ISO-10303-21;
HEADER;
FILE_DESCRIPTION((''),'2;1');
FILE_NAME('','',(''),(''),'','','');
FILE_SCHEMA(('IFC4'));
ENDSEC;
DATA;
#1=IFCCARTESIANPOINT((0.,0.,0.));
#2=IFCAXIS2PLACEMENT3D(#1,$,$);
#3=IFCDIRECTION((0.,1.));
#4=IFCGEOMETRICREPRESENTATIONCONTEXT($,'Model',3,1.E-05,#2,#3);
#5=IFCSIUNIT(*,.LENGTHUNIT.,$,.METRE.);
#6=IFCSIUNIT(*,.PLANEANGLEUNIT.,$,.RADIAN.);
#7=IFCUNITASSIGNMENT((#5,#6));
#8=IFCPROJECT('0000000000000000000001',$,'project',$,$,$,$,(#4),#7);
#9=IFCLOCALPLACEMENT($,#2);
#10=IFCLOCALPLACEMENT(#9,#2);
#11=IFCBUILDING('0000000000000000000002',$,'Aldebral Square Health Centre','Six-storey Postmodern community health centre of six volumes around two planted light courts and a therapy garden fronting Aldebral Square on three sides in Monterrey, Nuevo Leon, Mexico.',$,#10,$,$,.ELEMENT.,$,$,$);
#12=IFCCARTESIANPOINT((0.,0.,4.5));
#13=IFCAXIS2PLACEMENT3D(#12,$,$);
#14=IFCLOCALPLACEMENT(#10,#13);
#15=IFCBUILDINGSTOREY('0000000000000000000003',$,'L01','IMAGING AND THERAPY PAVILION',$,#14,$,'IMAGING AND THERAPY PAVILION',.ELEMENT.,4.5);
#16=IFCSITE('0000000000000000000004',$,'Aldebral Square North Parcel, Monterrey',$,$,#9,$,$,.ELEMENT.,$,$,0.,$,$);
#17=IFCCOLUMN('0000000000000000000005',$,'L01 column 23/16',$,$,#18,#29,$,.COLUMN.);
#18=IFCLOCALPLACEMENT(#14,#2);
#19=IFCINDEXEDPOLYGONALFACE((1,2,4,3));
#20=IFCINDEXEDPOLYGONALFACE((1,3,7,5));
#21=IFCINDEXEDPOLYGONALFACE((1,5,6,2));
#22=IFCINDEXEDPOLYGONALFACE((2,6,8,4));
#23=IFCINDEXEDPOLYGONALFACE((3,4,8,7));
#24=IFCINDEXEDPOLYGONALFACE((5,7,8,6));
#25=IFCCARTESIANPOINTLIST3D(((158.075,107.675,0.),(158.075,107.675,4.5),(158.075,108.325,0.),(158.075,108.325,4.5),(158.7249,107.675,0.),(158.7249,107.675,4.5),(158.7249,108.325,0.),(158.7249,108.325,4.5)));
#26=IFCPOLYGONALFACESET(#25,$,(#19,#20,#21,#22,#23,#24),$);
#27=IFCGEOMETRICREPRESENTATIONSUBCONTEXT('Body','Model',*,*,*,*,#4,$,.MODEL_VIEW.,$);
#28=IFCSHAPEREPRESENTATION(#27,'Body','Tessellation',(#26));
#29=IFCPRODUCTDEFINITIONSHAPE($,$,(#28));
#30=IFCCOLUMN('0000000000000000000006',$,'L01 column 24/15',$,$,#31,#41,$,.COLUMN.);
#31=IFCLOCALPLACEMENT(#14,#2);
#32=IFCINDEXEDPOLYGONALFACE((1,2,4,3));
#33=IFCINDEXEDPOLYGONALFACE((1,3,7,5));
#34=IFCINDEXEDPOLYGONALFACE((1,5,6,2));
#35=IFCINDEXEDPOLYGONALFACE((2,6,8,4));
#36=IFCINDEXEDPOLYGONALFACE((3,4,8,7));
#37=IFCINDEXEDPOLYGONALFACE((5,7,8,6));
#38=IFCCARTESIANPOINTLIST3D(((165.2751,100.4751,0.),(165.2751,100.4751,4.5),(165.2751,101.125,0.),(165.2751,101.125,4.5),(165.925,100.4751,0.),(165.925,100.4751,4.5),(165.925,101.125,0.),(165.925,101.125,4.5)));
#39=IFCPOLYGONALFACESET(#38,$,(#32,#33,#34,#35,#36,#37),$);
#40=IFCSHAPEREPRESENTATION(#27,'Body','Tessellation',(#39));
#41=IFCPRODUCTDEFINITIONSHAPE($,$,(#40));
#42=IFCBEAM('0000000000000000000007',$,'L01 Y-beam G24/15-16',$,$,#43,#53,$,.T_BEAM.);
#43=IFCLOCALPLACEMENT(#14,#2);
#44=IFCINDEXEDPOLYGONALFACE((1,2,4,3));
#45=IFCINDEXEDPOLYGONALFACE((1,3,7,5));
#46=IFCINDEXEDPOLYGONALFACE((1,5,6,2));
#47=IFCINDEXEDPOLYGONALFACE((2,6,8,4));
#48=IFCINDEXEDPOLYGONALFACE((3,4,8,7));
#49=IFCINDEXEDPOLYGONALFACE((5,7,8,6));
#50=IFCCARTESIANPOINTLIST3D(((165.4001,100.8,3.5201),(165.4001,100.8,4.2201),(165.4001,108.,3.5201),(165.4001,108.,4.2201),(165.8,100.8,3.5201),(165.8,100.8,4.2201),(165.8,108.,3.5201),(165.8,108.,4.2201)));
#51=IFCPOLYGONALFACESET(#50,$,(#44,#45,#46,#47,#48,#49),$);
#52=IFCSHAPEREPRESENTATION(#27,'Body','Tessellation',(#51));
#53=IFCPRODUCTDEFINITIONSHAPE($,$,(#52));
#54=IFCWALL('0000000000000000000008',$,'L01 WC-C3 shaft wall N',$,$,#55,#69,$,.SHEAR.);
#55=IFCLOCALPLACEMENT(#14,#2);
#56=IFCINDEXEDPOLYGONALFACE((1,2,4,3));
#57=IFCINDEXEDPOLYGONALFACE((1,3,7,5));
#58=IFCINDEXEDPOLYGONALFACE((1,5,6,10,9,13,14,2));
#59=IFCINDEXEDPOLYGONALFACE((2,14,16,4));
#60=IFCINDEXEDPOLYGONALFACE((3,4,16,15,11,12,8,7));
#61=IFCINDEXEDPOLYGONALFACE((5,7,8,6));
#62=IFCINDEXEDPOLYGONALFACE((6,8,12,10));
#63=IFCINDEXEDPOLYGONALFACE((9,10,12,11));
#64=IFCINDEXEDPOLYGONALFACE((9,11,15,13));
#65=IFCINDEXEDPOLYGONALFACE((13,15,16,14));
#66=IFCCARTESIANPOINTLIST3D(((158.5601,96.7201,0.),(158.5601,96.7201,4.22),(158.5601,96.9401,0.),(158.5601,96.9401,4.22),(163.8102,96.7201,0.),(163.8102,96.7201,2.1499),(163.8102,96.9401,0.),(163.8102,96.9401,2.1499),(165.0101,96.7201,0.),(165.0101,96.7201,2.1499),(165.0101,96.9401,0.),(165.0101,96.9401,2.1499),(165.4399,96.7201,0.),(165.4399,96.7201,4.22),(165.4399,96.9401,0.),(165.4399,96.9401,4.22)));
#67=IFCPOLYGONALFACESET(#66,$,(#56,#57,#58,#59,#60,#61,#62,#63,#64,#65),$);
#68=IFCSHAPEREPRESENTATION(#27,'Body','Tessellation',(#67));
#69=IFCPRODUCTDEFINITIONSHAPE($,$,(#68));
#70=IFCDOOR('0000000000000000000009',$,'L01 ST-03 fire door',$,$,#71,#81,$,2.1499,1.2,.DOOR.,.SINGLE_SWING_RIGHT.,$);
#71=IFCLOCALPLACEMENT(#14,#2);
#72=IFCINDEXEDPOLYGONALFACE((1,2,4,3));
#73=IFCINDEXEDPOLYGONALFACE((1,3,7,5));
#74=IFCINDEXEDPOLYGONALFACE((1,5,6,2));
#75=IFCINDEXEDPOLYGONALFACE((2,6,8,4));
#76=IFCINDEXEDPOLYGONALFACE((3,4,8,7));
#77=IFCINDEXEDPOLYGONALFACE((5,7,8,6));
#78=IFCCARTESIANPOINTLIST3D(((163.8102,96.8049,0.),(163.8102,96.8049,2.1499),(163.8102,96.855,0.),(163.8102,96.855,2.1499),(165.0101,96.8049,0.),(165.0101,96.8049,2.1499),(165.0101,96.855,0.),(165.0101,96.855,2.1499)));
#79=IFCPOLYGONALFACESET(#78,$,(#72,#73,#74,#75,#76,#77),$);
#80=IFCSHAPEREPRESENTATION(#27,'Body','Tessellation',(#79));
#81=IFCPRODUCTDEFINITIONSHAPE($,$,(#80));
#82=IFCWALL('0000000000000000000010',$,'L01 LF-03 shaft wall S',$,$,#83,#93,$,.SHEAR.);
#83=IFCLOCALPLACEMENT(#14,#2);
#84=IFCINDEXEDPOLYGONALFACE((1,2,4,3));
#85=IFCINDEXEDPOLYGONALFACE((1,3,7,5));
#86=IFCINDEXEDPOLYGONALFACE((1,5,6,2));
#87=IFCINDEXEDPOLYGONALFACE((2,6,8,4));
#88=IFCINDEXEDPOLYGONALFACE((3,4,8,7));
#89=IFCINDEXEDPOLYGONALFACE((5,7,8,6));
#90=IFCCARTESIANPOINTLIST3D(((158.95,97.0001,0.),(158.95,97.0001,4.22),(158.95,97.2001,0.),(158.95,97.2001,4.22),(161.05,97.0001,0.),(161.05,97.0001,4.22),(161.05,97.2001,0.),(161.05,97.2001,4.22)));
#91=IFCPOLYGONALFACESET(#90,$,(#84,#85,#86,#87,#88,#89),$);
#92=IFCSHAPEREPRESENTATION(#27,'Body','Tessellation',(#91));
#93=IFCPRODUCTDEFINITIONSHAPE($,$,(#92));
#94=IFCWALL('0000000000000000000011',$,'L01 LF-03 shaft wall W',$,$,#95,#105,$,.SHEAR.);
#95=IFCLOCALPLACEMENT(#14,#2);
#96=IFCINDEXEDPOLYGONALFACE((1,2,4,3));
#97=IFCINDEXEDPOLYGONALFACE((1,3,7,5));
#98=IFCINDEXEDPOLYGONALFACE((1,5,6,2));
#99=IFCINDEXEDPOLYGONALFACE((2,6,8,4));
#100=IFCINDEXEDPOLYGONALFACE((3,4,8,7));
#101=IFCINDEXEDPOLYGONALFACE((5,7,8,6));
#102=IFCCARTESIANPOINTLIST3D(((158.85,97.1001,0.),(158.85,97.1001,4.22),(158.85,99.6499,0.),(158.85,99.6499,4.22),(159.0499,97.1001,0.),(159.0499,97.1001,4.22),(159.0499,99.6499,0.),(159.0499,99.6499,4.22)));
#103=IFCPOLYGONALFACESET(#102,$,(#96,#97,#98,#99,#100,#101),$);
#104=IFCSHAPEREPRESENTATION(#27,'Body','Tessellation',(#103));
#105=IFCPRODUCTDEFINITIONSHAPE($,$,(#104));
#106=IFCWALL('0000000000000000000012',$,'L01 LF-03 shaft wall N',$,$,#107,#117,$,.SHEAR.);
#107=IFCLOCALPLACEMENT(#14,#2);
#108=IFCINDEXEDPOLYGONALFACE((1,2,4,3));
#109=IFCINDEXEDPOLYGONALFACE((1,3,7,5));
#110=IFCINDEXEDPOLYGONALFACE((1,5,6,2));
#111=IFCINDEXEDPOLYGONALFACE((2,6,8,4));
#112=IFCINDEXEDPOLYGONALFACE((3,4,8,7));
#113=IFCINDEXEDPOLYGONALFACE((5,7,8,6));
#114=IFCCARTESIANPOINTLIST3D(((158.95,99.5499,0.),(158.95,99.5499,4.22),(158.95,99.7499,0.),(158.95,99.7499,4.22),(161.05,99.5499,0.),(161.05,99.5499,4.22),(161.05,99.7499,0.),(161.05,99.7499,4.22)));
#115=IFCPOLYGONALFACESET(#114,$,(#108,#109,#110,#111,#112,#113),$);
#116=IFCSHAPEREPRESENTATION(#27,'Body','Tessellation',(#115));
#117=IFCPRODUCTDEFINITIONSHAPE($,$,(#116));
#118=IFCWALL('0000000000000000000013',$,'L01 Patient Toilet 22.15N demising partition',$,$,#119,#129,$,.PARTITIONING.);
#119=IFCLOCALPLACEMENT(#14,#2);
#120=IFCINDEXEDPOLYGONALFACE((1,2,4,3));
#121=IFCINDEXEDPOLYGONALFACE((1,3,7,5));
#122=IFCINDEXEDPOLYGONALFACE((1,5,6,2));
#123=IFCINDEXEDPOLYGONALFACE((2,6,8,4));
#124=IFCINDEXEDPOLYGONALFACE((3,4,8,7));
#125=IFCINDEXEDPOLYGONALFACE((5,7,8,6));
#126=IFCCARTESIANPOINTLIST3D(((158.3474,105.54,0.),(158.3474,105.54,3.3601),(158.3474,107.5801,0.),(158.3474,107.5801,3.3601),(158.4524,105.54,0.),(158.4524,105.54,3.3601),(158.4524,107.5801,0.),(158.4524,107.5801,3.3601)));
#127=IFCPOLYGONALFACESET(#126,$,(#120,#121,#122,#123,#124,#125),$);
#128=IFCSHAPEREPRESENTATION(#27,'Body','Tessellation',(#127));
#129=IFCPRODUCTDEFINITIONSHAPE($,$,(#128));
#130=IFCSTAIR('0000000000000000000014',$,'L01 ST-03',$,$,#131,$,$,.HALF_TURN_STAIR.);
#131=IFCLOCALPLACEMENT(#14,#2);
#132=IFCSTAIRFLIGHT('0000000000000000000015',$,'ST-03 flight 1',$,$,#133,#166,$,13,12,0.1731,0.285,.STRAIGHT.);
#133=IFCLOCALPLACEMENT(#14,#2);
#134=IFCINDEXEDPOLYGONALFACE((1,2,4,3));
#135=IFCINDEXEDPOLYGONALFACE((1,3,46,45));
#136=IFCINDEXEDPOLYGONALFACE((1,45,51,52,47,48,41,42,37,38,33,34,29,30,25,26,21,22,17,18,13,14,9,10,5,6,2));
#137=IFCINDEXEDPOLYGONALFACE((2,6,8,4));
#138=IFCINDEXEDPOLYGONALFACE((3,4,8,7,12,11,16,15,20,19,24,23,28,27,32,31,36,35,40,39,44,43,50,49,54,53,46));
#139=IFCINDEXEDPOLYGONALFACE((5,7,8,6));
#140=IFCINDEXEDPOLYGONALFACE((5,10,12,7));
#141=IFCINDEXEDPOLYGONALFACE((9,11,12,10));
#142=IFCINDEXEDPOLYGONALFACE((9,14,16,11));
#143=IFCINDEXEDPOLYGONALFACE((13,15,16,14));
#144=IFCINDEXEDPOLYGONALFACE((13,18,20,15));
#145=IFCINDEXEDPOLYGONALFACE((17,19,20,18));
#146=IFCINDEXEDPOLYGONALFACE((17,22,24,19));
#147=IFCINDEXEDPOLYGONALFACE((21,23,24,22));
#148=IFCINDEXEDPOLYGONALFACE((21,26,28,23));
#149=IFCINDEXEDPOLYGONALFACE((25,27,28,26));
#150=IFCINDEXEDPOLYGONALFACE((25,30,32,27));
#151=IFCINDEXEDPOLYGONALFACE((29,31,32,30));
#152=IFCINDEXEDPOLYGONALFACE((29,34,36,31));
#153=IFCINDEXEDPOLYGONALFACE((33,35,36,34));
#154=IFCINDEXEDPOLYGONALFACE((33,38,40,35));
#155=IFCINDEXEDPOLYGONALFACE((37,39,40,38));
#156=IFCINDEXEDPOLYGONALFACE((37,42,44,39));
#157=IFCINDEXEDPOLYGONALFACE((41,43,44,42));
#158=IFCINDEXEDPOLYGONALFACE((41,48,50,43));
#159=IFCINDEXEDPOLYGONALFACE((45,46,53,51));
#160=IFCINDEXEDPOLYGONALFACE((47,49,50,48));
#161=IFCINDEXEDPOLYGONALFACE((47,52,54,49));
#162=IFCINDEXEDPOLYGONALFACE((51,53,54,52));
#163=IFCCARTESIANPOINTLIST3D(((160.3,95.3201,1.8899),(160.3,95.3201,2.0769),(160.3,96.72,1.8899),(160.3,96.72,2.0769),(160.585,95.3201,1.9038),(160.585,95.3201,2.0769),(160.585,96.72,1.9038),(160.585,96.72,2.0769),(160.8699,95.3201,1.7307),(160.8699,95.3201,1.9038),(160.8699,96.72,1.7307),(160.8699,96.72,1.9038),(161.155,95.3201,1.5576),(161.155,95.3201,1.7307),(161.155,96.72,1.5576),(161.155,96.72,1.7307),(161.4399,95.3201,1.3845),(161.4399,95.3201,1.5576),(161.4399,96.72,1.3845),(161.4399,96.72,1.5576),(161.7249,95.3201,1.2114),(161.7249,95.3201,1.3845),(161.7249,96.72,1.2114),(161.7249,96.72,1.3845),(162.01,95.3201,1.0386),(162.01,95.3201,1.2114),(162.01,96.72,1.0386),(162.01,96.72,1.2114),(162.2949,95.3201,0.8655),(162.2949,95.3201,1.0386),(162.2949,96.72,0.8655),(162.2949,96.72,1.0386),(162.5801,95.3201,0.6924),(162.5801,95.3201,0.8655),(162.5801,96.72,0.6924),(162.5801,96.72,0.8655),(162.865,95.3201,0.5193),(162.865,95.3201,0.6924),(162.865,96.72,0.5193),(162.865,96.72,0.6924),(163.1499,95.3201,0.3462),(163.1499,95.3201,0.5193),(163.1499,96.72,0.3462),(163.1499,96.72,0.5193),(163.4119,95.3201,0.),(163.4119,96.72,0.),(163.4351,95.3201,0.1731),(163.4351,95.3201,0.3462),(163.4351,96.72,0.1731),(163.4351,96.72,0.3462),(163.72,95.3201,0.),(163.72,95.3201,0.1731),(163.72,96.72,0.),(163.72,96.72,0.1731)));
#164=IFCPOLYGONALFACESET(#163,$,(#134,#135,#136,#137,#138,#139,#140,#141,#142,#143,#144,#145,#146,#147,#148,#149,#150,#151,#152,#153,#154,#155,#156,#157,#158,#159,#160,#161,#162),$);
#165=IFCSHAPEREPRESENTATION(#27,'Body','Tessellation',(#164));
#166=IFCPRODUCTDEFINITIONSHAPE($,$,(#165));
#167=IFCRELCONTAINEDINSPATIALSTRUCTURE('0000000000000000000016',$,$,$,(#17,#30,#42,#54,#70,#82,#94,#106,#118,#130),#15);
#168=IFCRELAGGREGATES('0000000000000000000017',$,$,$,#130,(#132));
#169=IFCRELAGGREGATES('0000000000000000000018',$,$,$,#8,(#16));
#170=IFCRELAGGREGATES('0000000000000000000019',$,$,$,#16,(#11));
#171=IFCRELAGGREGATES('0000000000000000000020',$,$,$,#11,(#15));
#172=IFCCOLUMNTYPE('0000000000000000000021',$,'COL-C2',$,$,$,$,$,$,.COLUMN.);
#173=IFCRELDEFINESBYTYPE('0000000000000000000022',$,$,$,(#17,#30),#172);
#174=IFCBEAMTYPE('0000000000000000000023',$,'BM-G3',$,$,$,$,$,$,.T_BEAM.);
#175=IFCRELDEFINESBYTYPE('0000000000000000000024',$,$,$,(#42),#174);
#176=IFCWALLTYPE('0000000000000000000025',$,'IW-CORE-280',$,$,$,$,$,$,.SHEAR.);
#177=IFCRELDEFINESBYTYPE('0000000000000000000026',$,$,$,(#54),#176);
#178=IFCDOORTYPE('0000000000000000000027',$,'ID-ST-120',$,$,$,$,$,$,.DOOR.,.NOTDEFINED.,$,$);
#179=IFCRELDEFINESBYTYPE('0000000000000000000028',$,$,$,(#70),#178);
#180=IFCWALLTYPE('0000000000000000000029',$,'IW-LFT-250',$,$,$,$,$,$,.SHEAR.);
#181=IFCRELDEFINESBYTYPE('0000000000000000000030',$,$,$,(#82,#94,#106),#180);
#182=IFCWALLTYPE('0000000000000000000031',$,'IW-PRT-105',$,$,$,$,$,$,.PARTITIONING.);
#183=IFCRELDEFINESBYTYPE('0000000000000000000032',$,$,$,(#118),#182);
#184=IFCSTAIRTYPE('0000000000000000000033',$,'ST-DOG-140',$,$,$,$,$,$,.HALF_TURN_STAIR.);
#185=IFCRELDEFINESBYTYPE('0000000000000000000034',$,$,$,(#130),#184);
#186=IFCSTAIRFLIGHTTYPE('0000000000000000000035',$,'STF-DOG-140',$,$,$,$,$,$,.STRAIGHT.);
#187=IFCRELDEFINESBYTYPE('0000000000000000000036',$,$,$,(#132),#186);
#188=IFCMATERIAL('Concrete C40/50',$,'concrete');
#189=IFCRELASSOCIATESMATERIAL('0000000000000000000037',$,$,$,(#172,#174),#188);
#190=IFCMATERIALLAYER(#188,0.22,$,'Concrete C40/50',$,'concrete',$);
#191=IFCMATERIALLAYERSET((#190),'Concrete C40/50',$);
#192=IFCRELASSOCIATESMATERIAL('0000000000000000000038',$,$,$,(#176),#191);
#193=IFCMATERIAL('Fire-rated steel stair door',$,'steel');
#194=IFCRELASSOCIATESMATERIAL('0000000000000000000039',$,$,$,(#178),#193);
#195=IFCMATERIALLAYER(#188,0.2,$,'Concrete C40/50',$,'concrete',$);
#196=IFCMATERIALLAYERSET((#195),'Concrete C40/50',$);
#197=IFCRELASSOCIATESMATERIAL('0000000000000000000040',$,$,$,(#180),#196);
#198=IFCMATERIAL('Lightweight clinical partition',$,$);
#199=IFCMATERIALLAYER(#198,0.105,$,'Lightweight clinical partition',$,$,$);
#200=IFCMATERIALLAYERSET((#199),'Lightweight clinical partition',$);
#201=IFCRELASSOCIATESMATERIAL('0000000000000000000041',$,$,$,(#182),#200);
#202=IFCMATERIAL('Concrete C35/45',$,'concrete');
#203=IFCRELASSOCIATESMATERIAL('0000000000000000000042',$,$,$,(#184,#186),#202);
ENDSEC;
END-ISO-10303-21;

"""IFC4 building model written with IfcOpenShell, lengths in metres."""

from ifc_helpers import new_model, si_unit, direction, frame, frame_2d, origin, origin_2d, place, context, subcontext, project, spatial, polyline, rectangle, outline, extrude, material, layer, layer_set, material_profile, profile_set, type_object, element, fill, aggregate, save


model = new_model("IFC4")

# Units and contexts
model_context = context("Model", 3, precision=1e-05, world=origin(), true_north=direction((0.0, 1.0)))
body_context = subcontext(model_context, "Body", "Model", "MODEL_VIEW")
ifc_project = project(units=[si_unit("LENGTHUNIT", "METRE"), si_unit("PLANEANGLEUNIT", "RADIAN")], contexts=[model_context])

# Site, building, storey
site_placement = place(None, origin())
site = spatial("IfcSite", under=ifc_project, at=site_placement, Name="Aldebral Square North Parcel, Monterrey", CompositionType="ELEMENT", RefElevation=0.0)
building_placement = place(site_placement, origin())
building = spatial("IfcBuilding", under=site, at=building_placement, Name="Aldebral Square Health Centre", Description="Six-storey Postmodern community health centre of six volumes around two planted light courts and a therapy garden fronting Aldebral Square on three sides in Monterrey, Nuevo Leon, Mexico.", CompositionType="ELEMENT")
storey_placement = place(building_placement, frame((0.0, 0.0, 4.5)))
storey = spatial("IfcBuildingStorey", under=building, at=storey_placement, Name="L01", Description="IMAGING AND THERAPY PAVILION", LongName="IMAGING AND THERAPY PAVILION", CompositionType="ELEMENT", Elevation=4.5)

# Columns
ifc_material_1 = material(Name="Concrete C40/50", Category="concrete")
ifc_material_profile_1 = material_profile(ifc_material_1, rectangle(XDim=0.6499, YDim=0.6499, at=origin_2d()), Name="RC 650x650")
ifc_profile_set_1 = profile_set([ifc_material_profile_1], Name="Concrete C40/50")
column_type = type_object("IfcColumnType", Name="COL-C2", PredefinedType="COLUMN", material=ifc_profile_set_1)
for number, where, z_axis, x_axis, name in (
    (1, (158.3999, 108.0, 0.0), (0.0, 0.0, 1.0), (1.0, 0.0, 0.0), "L01 column 23/16"),
    (2, (165.6001, 100.8, 0.0), (0.0, 0.0, 1.0), (1.0, 0.0, 0.0), "L01 column 24/15"),
):
    element("IfcColumn", number, at=place(storey_placement, frame(where, z_axis=z_axis, x_axis=x_axis)), inside=storey, type_object=column_type, Name=name, PredefinedType="COLUMN", context=body_context, shape_type="SweptSolid", body=[
        extrude(rectangle(XDim=0.6499, YDim=0.6499, at=origin_2d()), origin(), (0.0, 0.0, 1.0), 4.5),
    ])

# Beam
ifc_material_profile_2 = material_profile(ifc_material_1, rectangle(XDim=0.3999, YDim=0.7, at=origin_2d()), Name="RC 400x700")
ifc_profile_set_2 = profile_set([ifc_material_profile_2], Name="Concrete C40/50")
beam_type = type_object("IfcBeamType", Name="BM-G3", PredefinedType="T_BEAM", material=ifc_profile_set_2)
beam_placement = place(storey_placement, frame((165.6001, 100.8, 3.8701), z_axis=(0.0, 1.0, 0.0), x_axis=(-1.0, 0.0, 0.0)))
element("IfcBeam", 3, at=beam_placement, inside=storey, type_object=beam_type, Name="L01 Y-beam G24/15-16", PredefinedType="T_BEAM", context=body_context, shape_type="SweptSolid", body=[
    extrude(rectangle(XDim=0.3999, YDim=0.7, at=origin_2d()), origin(), (0.0, 0.0, 1.0), 7.2),
])

# Wall, opening, door
ifc_layer_1 = layer(ifc_material_1, 0.22, Name="Concrete C40/50", Category="concrete")
ifc_layer_set_1 = layer_set([ifc_layer_1], Name="Concrete C40/50")
wall_type_1 = type_object("IfcWallType", Name="IW-CORE-280", PredefinedType="SHEAR", material=ifc_layer_set_1)
wall_1_placement = place(storey_placement, frame((158.5601, 96.8301, 0.0), z_axis=(0.0, 0.0, 1.0), x_axis=(1.0, 0.0, 0.0)))
wall_1 = element("IfcWall", 4, at=wall_1_placement, inside=storey, type_object=wall_type_1, Name="L01 WC-C3 shaft wall N", PredefinedType="SHEAR", context=body_context, shape_type="SweptSolid", body=[
    extrude(rectangle(XDim=6.8799, YDim=0.22, at=frame_2d((3.4399, 0.0))), origin(), (0.0, 0.0, 1.0), 4.22),
])
opening_1_placement = place(wall_1_placement, frame((5.25, 0.0, 0.0)))
opening_1 = element("IfcOpeningElement", 5, at=opening_1_placement, cuts=wall_1, PredefinedType="OPENING", context=body_context, shape_type="SweptSolid", body=[
    extrude(rectangle(XDim=1.2, YDim=2.1499, at=frame_2d((0.6001, 1.075))), frame((0.0, 0.1201, 0.0), z_axis=(0.0, -1.0, 0.0), x_axis=(1.0, 0.0, 0.0)), (0.0, 0.0, 1.0), 0.24),
])
ifc_material_2 = material(Name="Fire-rated steel stair door", Category="steel")
door_type_1 = type_object("IfcDoorType", Name="ID-ST-120", OperationType="NOTDEFINED", PredefinedType="DOOR", material=ifc_material_2)
door_1_placement = place(opening_1_placement, origin())
door_1 = element("IfcDoor", 6, at=door_1_placement, inside=storey, type_object=door_type_1, Name="L01 ST-03 fire door", OperationType="SINGLE_SWING_RIGHT", OverallHeight=2.1499, OverallWidth=1.2, PredefinedType="DOOR", context=body_context, shape_type="SweptSolid", body=[
    extrude(rectangle(XDim=1.2, YDim=2.1499, at=frame_2d((0.6001, 1.075))), frame((0.0, 0.0249, 0.0), z_axis=(0.0, -1.0, 0.0), x_axis=(1.0, 0.0, 0.0)), (0.0, 0.0, 1.0), 0.05),
])
fill(opening_1, door_1)

# Walls
ifc_layer_2 = layer(ifc_material_1, 0.2, Name="Concrete C40/50", Category="concrete")
ifc_layer_set_2 = layer_set([ifc_layer_2], Name="Concrete C40/50")
wall_type_2 = type_object("IfcWallType", Name="IW-LFT-250", PredefinedType="SHEAR", material=ifc_layer_set_2)
wall_2_placement = place(storey_placement, frame((158.95, 97.1001, 0.0), z_axis=(0.0, 0.0, 1.0), x_axis=(1.0, 0.0, 0.0)))
element("IfcWall", 7, at=wall_2_placement, inside=storey, type_object=wall_type_2, Name="L01 LF-03 shaft wall S", PredefinedType="SHEAR", context=body_context, shape_type="SweptSolid", body=[
    extrude(rectangle(XDim=2.1001, YDim=0.2, at=frame_2d((1.05, 0.0))), origin(), (0.0, 0.0, 1.0), 4.22),
])
wall_3_placement = place(storey_placement, frame((158.95, 97.1001, 0.0), z_axis=(0.0, 0.0, 1.0), x_axis=(0.0, 1.0, 0.0)))
element("IfcWall", 8, at=wall_3_placement, inside=storey, type_object=wall_type_2, Name="L01 LF-03 shaft wall W", PredefinedType="SHEAR", context=body_context, shape_type="SweptSolid", body=[
    extrude(rectangle(XDim=2.5498, YDim=0.2, at=frame_2d((1.2749, 0.0))), origin(), (0.0, 0.0, 1.0), 4.22),
])
wall_4_placement = place(storey_placement, frame((158.95, 99.6499, 0.0), z_axis=(0.0, 0.0, 1.0), x_axis=(1.0, 0.0, 0.0)))
element("IfcWall", 9, at=wall_4_placement, inside=storey, type_object=wall_type_2, Name="L01 LF-03 shaft wall N", PredefinedType="SHEAR", context=body_context, shape_type="SweptSolid", body=[
    extrude(rectangle(XDim=2.1001, YDim=0.2, at=frame_2d((1.05, 0.0))), origin(), (0.0, 0.0, 1.0), 4.22),
])

# Wall
ifc_material_3 = material(Name="Lightweight clinical partition")
ifc_layer_3 = layer(ifc_material_3, 0.105, Name="Lightweight clinical partition")
ifc_layer_set_3 = layer_set([ifc_layer_3], Name="Lightweight clinical partition")
wall_type_3 = type_object("IfcWallType", Name="IW-PRT-105", PredefinedType="PARTITIONING", material=ifc_layer_set_3)
wall_5_placement = place(storey_placement, frame((158.3999, 105.54, 0.0), z_axis=(0.0, 0.0, 1.0), x_axis=(0.0, 1.0, 0.0)))
element("IfcWall", 10, at=wall_5_placement, inside=storey, type_object=wall_type_3, Name="L01 Patient Toilet 22.15N demising partition", PredefinedType="PARTITIONING", context=body_context, shape_type="SweptSolid", body=[
    extrude(rectangle(XDim=2.04, YDim=0.105, at=frame_2d((1.02, 0.0))), origin(), (0.0, 0.0, 1.0), 3.3601),
])

# Stair, stair flight
ifc_material_4 = material(Name="Concrete C35/45", Category="concrete")
stair_type = type_object("IfcStairType", Name="ST-DOG-140", PredefinedType="HALF_TURN_STAIR", material=ifc_material_4)
stair_placement = place(storey_placement, origin())
stair = element("IfcStair", 11, at=stair_placement, inside=storey, type_object=stair_type, Name="L01 ST-03", PredefinedType="HALF_TURN_STAIR")
stair_flight_type = type_object("IfcStairFlightType", Name="STF-DOG-140", PredefinedType="STRAIGHT", material=ifc_material_4)
stair_flight_placement = place(storey_placement, frame((163.72, 96.02, 0.0), z_axis=(0.0, 0.0, 1.0), x_axis=(-1.0, 0.0, 0.0)))
stair_flight = element("IfcStairFlight", 12, at=stair_flight_placement, type_object=stair_flight_type, Name="ST-03 flight 1", NumberOfRisers=13, NumberOfTreads=12, PredefinedType="STRAIGHT", RiserHeight=0.1731, TreadLength=0.285, context=body_context, shape_type="SweptSolid", body=[
    extrude(outline(polyline([(0.0, 0.0), (0.0, 0.1731), (0.2849, 0.1731), (0.2849, 0.3462), (0.5701, 0.3462), (0.5701, 0.5193), (0.855, 0.5193), (0.855, 0.6924), (1.1399, 0.6924), (1.1399, 0.8655), (1.425, 0.8655), (1.425, 1.0386), (1.71, 1.0386), (1.71, 1.2114), (1.9951, 1.2114), (1.9951, 1.3845), (2.28, 1.3845), (2.28, 1.5576), (2.5649, 1.5576), (2.5649, 1.7307), (2.8501, 1.7307), (2.8501, 1.9038), (3.135, 1.9038), (3.135, 2.0769), (3.4199, 2.0769), (3.4199, 2.25), (3.4199, 1.8899), (0.3081, 0.0), (0.0, 0.0)])), frame((0.0, 0.7, 0.0), z_axis=(0.0, -1.0, 0.0), x_axis=(1.0, 0.0, 0.0)), (0.0, 0.0, 1.0), 1.3999),
])
aggregate(stair, [stair_flight])

save(model, "model.ifc")
